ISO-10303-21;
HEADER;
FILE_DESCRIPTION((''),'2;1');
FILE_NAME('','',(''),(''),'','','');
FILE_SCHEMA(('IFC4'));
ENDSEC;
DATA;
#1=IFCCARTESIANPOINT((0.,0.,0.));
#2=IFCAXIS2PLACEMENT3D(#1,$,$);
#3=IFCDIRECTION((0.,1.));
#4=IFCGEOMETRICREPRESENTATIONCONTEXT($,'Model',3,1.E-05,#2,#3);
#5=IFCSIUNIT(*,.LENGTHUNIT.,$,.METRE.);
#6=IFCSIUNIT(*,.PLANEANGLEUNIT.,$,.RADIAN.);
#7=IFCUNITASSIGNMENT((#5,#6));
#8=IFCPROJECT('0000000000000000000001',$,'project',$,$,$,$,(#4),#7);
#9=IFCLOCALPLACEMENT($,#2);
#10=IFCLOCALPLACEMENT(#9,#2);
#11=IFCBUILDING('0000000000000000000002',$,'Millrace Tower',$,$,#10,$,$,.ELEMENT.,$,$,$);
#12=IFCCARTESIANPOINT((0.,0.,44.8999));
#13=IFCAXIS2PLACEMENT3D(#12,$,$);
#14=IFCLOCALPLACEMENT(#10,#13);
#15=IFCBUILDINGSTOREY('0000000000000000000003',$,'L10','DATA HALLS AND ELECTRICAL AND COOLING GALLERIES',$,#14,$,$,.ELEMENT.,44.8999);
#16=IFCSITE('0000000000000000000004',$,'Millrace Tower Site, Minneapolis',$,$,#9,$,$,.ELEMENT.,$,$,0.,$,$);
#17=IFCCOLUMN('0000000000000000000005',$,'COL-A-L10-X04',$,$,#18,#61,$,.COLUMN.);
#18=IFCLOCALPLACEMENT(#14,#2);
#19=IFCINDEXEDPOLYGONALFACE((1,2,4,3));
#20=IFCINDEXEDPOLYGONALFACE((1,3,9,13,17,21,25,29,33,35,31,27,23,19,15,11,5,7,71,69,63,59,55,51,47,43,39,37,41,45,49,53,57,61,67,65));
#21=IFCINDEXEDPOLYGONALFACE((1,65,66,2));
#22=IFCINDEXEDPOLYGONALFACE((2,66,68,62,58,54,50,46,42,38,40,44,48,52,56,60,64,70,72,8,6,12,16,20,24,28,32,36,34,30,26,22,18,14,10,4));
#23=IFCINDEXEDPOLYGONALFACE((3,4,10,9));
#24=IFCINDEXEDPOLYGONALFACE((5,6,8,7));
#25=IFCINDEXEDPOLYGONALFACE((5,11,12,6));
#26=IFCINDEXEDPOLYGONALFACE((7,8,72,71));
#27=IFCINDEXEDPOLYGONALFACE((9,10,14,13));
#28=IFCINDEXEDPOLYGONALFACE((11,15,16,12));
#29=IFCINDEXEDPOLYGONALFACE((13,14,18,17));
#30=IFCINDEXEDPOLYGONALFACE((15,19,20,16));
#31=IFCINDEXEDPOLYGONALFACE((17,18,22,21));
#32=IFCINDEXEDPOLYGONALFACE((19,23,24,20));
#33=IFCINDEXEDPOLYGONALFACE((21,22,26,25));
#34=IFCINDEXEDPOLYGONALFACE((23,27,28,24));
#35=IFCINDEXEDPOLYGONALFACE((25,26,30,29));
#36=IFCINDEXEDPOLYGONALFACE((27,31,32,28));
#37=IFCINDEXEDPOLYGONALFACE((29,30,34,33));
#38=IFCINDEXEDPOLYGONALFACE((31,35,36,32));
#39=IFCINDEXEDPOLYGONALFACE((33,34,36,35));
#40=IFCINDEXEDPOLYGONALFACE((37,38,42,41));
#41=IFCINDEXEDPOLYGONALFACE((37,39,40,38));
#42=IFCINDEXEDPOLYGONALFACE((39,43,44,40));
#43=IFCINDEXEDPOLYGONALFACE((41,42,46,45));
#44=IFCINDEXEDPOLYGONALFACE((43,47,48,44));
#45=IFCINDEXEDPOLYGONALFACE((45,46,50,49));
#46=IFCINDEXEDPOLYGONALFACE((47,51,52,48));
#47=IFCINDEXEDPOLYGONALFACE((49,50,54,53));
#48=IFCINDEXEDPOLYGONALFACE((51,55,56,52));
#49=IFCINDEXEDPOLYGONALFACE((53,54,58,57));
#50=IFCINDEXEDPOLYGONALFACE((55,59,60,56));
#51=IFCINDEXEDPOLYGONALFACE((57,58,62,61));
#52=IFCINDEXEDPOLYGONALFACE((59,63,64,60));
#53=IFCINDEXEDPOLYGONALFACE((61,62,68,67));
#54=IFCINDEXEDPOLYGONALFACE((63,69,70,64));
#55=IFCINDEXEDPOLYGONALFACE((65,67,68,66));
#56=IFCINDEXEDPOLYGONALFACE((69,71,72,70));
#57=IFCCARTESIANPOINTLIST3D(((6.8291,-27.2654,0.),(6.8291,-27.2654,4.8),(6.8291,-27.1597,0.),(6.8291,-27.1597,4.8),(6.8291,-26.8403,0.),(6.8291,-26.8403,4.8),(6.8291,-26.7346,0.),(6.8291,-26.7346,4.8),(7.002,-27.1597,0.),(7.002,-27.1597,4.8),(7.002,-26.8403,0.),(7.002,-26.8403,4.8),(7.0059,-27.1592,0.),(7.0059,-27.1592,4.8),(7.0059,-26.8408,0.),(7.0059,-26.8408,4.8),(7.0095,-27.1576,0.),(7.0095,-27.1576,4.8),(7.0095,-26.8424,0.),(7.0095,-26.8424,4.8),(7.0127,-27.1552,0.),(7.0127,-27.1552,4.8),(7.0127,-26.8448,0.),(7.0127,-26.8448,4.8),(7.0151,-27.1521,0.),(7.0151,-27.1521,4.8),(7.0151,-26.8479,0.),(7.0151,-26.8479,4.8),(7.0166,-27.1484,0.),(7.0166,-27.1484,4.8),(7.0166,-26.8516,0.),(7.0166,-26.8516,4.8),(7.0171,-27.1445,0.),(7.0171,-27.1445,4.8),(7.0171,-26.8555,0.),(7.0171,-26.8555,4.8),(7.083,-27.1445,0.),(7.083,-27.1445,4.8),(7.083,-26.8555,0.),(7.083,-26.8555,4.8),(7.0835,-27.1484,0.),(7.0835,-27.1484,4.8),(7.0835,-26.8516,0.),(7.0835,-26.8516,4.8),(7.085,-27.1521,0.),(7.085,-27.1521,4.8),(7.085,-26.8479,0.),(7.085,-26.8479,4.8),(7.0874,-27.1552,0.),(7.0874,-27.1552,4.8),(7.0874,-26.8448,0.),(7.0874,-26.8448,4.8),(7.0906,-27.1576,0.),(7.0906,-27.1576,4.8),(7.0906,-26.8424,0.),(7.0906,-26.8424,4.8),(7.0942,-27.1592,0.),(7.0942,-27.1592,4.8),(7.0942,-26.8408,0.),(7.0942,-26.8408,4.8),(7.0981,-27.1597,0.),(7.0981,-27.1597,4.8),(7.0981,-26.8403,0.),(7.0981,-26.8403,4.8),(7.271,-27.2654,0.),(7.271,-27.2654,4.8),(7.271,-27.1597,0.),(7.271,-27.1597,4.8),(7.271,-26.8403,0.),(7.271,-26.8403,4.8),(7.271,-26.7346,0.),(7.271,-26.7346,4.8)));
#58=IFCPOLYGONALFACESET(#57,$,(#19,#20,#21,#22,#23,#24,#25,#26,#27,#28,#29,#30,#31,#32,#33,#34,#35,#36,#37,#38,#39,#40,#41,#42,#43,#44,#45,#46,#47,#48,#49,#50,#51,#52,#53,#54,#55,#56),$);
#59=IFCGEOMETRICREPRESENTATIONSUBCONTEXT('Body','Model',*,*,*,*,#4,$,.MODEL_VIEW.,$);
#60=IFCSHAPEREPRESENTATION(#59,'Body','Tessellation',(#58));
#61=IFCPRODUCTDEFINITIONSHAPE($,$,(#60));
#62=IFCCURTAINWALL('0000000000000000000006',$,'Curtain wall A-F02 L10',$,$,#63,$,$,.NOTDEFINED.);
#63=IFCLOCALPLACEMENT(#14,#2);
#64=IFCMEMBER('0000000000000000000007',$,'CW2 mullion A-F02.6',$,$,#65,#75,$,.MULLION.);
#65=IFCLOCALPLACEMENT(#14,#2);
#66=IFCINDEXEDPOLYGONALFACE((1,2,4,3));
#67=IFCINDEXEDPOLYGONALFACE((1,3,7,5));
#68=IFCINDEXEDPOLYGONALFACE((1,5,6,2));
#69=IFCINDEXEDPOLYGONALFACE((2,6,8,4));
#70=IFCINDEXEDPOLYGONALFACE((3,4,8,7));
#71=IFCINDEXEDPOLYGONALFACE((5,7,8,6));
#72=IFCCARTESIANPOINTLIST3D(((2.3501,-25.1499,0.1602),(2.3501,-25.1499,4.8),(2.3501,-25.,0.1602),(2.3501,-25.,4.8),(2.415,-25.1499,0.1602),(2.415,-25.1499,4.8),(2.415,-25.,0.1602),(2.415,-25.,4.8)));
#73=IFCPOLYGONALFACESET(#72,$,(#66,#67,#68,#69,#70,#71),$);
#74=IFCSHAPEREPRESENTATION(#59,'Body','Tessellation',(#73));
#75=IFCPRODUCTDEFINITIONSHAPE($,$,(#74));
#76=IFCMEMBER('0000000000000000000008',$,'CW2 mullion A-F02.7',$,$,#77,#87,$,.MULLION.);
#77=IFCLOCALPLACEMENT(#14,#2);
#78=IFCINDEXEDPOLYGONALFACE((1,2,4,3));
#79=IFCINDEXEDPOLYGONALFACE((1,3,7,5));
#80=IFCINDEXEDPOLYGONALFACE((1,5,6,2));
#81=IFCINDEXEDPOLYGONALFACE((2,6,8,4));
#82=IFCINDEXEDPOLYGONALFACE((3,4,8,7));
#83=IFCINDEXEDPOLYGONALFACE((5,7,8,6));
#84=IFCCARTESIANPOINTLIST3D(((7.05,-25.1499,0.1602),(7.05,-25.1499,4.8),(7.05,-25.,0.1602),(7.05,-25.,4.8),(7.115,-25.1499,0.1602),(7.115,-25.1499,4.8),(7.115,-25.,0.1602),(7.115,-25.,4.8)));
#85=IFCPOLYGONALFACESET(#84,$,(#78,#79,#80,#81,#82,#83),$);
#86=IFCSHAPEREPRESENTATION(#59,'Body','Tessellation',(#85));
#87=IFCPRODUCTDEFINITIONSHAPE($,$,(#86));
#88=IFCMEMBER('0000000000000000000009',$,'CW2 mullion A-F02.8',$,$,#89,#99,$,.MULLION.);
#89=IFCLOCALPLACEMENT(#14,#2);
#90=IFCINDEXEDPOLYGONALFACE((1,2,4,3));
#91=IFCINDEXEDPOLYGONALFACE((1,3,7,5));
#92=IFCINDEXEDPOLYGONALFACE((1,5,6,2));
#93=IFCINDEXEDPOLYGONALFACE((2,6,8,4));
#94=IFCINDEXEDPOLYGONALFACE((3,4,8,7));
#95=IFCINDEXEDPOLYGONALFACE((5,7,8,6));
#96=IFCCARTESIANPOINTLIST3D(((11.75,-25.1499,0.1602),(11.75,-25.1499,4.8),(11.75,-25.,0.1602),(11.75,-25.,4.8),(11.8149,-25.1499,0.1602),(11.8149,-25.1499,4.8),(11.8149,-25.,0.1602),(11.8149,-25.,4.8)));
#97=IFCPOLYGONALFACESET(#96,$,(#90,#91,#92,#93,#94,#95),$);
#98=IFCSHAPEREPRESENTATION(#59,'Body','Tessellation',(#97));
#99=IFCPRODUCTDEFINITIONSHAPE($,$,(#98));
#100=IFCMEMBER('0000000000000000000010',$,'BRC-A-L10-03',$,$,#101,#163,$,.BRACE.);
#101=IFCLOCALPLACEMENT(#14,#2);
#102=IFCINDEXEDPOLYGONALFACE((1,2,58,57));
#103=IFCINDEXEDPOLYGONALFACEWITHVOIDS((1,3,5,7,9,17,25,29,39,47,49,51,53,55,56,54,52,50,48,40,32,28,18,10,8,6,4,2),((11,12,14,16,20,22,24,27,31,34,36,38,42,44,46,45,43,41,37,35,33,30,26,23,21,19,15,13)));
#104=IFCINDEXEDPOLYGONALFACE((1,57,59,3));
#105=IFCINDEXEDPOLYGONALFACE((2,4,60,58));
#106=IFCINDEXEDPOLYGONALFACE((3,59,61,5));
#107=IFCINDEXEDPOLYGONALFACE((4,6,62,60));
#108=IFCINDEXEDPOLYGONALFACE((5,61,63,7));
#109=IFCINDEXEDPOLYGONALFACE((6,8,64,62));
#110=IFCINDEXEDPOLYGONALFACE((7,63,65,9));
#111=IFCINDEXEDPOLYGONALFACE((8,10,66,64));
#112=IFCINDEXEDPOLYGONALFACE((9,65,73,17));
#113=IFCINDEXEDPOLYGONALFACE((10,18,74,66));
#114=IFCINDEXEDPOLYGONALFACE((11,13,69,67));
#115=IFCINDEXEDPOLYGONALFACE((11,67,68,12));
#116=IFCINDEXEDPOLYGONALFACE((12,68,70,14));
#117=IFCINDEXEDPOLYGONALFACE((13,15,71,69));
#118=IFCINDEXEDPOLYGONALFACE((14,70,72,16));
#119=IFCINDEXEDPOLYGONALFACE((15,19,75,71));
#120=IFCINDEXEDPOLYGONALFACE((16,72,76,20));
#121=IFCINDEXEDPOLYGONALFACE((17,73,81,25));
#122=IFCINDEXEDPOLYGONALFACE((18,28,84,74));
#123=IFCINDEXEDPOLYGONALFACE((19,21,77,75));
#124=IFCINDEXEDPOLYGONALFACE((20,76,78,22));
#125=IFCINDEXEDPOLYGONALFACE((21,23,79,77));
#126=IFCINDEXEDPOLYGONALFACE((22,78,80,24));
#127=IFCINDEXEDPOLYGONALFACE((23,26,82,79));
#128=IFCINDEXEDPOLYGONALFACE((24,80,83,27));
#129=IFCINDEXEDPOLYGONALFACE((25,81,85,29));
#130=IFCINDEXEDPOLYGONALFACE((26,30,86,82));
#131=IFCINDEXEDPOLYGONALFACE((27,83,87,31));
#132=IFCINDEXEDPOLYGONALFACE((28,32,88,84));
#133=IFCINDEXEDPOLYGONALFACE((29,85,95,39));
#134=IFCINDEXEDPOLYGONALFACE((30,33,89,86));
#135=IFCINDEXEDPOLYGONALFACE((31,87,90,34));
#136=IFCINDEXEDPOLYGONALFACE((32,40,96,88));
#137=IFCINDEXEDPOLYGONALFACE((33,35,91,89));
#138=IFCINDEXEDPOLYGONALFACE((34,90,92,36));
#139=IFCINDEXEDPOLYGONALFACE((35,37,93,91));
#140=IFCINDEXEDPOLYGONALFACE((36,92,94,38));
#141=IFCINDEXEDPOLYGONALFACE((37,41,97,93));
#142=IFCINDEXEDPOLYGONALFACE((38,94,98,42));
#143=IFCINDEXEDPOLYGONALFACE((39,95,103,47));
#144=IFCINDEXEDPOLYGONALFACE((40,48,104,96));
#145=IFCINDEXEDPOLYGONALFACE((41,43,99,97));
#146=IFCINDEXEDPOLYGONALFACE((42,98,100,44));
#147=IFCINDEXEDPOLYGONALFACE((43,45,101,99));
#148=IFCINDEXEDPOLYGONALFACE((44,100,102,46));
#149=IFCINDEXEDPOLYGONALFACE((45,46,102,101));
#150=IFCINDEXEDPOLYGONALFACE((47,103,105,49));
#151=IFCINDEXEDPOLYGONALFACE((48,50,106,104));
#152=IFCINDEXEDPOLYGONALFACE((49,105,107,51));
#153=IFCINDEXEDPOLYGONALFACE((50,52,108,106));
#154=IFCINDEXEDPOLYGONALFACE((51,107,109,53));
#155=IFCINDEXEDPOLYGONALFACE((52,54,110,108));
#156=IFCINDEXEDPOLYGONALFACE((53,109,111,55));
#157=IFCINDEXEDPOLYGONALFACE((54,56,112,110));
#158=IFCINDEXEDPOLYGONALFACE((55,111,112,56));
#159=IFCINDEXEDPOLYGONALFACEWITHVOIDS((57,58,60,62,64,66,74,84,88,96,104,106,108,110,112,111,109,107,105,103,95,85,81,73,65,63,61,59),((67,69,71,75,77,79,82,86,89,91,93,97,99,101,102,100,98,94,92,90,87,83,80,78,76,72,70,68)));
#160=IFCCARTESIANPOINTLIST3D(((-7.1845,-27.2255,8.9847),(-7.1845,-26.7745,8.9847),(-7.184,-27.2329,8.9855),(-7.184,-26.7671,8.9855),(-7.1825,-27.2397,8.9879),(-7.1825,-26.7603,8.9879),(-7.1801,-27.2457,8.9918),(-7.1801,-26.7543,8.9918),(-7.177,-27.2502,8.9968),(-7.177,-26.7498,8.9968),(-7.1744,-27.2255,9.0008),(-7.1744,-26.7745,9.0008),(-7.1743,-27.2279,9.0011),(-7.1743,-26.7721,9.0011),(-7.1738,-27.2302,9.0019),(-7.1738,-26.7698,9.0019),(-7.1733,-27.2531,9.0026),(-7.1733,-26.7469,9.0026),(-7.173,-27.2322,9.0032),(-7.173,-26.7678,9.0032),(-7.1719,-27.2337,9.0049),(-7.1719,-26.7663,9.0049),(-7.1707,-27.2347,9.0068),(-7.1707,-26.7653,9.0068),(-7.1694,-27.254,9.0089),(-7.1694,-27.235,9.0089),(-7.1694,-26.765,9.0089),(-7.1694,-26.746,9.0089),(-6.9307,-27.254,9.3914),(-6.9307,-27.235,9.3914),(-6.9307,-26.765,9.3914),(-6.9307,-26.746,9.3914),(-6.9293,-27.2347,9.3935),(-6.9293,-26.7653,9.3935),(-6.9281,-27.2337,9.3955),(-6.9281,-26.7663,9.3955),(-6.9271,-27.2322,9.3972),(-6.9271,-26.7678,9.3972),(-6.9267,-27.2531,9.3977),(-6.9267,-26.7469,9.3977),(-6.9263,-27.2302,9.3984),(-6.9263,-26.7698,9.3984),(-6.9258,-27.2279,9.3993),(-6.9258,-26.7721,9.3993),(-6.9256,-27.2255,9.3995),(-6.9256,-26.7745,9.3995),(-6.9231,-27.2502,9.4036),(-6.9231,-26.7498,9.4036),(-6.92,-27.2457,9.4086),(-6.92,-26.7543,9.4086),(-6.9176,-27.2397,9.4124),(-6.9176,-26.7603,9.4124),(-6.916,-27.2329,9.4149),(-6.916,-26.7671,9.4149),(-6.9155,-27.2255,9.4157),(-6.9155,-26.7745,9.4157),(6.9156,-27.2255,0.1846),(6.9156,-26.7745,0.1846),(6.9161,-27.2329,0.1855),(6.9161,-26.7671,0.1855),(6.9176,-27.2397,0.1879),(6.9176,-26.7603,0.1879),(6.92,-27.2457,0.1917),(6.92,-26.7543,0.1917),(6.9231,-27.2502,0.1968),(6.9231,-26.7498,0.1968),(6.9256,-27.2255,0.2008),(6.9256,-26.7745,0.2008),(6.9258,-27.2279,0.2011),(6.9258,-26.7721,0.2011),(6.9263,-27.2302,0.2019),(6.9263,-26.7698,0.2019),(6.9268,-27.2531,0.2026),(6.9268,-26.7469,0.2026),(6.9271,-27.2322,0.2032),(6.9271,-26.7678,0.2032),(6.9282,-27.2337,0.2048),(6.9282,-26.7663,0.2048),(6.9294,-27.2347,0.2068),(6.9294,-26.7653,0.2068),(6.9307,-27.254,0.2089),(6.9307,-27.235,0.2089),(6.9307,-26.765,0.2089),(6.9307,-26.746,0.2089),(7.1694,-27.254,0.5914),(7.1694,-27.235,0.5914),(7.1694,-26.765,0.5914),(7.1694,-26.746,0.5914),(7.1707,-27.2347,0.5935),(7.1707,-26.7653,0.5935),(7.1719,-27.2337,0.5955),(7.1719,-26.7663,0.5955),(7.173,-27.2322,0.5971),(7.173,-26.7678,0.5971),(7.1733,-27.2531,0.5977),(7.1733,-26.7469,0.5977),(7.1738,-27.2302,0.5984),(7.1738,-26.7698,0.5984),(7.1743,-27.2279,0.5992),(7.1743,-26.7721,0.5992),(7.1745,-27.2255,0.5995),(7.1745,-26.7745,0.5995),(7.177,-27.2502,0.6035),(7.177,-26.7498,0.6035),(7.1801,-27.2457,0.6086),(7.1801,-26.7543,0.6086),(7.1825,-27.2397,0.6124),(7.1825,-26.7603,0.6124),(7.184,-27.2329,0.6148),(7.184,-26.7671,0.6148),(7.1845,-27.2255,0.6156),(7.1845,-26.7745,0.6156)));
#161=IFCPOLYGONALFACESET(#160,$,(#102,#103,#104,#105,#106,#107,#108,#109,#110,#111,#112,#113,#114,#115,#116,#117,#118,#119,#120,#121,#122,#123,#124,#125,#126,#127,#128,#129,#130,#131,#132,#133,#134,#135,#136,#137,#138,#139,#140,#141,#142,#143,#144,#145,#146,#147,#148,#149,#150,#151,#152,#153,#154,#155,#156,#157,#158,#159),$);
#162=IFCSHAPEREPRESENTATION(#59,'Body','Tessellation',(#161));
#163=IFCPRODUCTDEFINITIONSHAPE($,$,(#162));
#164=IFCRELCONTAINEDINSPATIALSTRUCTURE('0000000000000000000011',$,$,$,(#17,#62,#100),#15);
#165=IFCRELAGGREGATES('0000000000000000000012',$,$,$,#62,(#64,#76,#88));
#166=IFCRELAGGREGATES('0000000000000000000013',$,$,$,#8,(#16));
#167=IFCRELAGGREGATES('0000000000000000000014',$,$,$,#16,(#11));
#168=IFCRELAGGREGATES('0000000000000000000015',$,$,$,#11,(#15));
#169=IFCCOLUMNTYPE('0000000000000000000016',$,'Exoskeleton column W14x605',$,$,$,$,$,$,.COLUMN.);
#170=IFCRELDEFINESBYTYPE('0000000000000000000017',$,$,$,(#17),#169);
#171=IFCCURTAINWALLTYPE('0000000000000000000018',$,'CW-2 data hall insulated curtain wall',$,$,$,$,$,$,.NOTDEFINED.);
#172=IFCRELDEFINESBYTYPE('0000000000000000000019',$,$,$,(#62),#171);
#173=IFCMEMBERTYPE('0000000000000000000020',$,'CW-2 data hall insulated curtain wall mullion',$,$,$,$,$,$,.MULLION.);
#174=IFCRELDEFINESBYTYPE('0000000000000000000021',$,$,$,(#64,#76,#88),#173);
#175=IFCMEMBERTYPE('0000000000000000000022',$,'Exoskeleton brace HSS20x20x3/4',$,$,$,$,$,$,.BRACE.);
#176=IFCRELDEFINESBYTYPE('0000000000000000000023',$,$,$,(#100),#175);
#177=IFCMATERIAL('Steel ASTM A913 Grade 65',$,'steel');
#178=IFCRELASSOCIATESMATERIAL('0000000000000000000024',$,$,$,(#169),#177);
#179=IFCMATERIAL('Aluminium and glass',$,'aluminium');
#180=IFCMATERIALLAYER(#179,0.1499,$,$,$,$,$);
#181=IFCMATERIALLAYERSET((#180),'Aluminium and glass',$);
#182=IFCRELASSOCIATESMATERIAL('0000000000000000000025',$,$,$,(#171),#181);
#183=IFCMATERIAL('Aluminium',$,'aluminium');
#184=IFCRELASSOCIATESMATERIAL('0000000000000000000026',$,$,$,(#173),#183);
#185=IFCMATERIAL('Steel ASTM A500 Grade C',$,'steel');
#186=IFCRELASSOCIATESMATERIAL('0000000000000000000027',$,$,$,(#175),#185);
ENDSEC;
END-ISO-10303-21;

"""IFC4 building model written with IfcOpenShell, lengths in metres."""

from ifc_helpers import new_model, si_unit, direction, frame, origin, origin_2d, place, context, subcontext, project, spatial, rectangle, hollow_rectangle, i_section, extrude, material, layer, layer_set, material_profile, profile_set, type_object, element, aggregate, save


model = new_model("IFC4")

# Units and contexts
model_context = context("Model", 3, precision=1e-05, world=origin(), true_north=direction((0.0, 1.0)))
body_context = subcontext(model_context, "Body", "Model", "MODEL_VIEW")
ifc_project = project(units=[si_unit("LENGTHUNIT", "METRE"), si_unit("PLANEANGLEUNIT", "RADIAN")], contexts=[model_context])

# Site, building, storey
site_placement = place(None, origin())
site = spatial("IfcSite", under=ifc_project, at=site_placement, Name="Millrace Tower Site, Minneapolis", CompositionType="ELEMENT", RefElevation=0.0)
building_placement = place(site_placement, origin())
building = spatial("IfcBuilding", under=site, at=building_placement, Name="Millrace Tower", CompositionType="ELEMENT")
storey_placement = place(building_placement, frame((0.0, 0.0, 44.8999)))
storey = spatial("IfcBuildingStorey", under=building, at=storey_placement, Name="L10", Description="DATA HALLS AND ELECTRICAL AND COOLING GALLERIES", CompositionType="ELEMENT", Elevation=44.8999)

# Column
ifc_material_1 = material(Name="Steel ASTM A913 Grade 65", Category="steel")
ifc_material_profile_1 = material_profile(ifc_material_1, i_section(OverallWidth=0.4419, OverallDepth=0.5308, WebThickness=0.0659, FlangeThickness=0.1057, FilletRadius=0.0151, at=origin_2d()))
ifc_profile_set_1 = profile_set([ifc_material_profile_1], Name="Steel ASTM A913 Grade 65")
column_type = type_object("IfcColumnType", Name="Exoskeleton column W14x605", PredefinedType="COLUMN", material=ifc_profile_set_1)
column_placement = place(storey_placement, frame((7.05, -27.0, 0.0), z_axis=(0.0, 0.0, 1.0), x_axis=(1.0, 0.0, 0.0)))
element("IfcColumn", 1, at=column_placement, inside=storey, type_object=column_type, Name="COL-A-L10-X04", PredefinedType="COLUMN", context=body_context, shape_type="SweptSolid", body=[
    extrude(i_section(OverallWidth=0.4419, OverallDepth=0.5308, WebThickness=0.0659, FlangeThickness=0.1057, FilletRadius=0.0151, at=origin_2d()), origin(), (0.0, 0.0, 1.0), 4.8),
])

# Curtain wall, members
ifc_material_2 = material(Name="Aluminium and glass", Category="aluminium")
ifc_layer_1 = layer(ifc_material_2, 0.1499)
ifc_layer_set_1 = layer_set([ifc_layer_1], Name="Aluminium and glass")
curtain_wall_type = type_object("IfcCurtainWallType", Name="CW-2 data hall insulated curtain wall", PredefinedType="NOTDEFINED", material=ifc_layer_set_1)
placement = place(storey_placement, origin())
curtain_wall = element("IfcCurtainWall", 2, at=placement, inside=storey, type_object=curtain_wall_type, Name="Curtain wall A-F02 L10", PredefinedType="NOTDEFINED")
ifc_material_3 = material(Name="Aluminium", Category="aluminium")
ifc_material_profile_2 = material_profile(ifc_material_3, rectangle(XDim=0.0649, YDim=0.1499, at=origin_2d()))
ifc_profile_set_2 = profile_set([ifc_material_profile_2], Name="Aluminium")
member_type_1 = type_object("IfcMemberType", Name="CW-2 data hall insulated curtain wall mullion", PredefinedType="MULLION", material=ifc_profile_set_2)
member_1_placement = place(storey_placement, frame((2.3826, -25.075, 0.1602), z_axis=(0.0, 0.0, 1.0), x_axis=(1.0, 0.0, 0.0)))
member_1 = element("IfcMember", 3, at=member_1_placement, type_object=member_type_1, Name="CW2 mullion A-F02.6", PredefinedType="MULLION", context=body_context, shape_type="SweptSolid", body=[
    extrude(rectangle(XDim=0.0649, YDim=0.1499, at=origin_2d()), origin(), (0.0, 0.0, 1.0), 4.6399),
])
member_2_placement = place(storey_placement, frame((7.0825, -25.075, 0.1602), z_axis=(0.0, 0.0, 1.0), x_axis=(1.0, 0.0, 0.0)))
member_2 = element("IfcMember", 4, at=member_2_placement, type_object=member_type_1, Name="CW2 mullion A-F02.7", PredefinedType="MULLION", context=body_context, shape_type="SweptSolid", body=[
    extrude(rectangle(XDim=0.0649, YDim=0.1499, at=origin_2d()), origin(), (0.0, 0.0, 1.0), 4.6399),
])
member_3_placement = place(storey_placement, frame((11.7825, -25.075, 0.1602), z_axis=(0.0, 0.0, 1.0), x_axis=(1.0, 0.0, 0.0)))
member_3 = element("IfcMember", 5, at=member_3_placement, type_object=member_type_1, Name="CW2 mullion A-F02.8", PredefinedType="MULLION", context=body_context, shape_type="SweptSolid", body=[
    extrude(rectangle(XDim=0.0649, YDim=0.1499, at=origin_2d()), origin(), (0.0, 0.0, 1.0), 4.6399),
])
aggregate(curtain_wall, [member_1, member_2, member_3])

# Member
ifc_material_4 = material(Name="Steel ASTM A500 Grade C", Category="steel")
ifc_material_profile_3 = material_profile(ifc_material_4, hollow_rectangle(XDim=0.5081, YDim=0.5081, WallThickness=0.019, InnerFilletRadius=0.0095, OuterFilletRadius=0.0286, at=origin_2d()))
ifc_profile_set_3 = profile_set([ifc_material_profile_3], Name="Steel ASTM A500 Grade C")
member_type_2 = type_object("IfcMemberType", Name="Exoskeleton brace HSS20x20x3/4", PredefinedType="BRACE", material=ifc_profile_set_3)
member_4_placement = place(storey_placement, frame((7.05, -27.0, 0.4001), z_axis=(-0.848336, 0.0, 0.529457), x_axis=(0.0, -1.0, 0.0)))
element("IfcMember", 6, at=member_4_placement, inside=storey, type_object=member_type_2, Name="BRC-A-L10-03", PredefinedType="BRACE", context=body_context, shape_type="SweptSolid", body=[
    extrude(hollow_rectangle(XDim=0.5081, YDim=0.5081, WallThickness=0.019, InnerFilletRadius=0.0095, OuterFilletRadius=0.0286, at=origin_2d()), origin(), (0.0, 0.0, 1.0), 16.6208),
])

save(model, "model.ifc")
